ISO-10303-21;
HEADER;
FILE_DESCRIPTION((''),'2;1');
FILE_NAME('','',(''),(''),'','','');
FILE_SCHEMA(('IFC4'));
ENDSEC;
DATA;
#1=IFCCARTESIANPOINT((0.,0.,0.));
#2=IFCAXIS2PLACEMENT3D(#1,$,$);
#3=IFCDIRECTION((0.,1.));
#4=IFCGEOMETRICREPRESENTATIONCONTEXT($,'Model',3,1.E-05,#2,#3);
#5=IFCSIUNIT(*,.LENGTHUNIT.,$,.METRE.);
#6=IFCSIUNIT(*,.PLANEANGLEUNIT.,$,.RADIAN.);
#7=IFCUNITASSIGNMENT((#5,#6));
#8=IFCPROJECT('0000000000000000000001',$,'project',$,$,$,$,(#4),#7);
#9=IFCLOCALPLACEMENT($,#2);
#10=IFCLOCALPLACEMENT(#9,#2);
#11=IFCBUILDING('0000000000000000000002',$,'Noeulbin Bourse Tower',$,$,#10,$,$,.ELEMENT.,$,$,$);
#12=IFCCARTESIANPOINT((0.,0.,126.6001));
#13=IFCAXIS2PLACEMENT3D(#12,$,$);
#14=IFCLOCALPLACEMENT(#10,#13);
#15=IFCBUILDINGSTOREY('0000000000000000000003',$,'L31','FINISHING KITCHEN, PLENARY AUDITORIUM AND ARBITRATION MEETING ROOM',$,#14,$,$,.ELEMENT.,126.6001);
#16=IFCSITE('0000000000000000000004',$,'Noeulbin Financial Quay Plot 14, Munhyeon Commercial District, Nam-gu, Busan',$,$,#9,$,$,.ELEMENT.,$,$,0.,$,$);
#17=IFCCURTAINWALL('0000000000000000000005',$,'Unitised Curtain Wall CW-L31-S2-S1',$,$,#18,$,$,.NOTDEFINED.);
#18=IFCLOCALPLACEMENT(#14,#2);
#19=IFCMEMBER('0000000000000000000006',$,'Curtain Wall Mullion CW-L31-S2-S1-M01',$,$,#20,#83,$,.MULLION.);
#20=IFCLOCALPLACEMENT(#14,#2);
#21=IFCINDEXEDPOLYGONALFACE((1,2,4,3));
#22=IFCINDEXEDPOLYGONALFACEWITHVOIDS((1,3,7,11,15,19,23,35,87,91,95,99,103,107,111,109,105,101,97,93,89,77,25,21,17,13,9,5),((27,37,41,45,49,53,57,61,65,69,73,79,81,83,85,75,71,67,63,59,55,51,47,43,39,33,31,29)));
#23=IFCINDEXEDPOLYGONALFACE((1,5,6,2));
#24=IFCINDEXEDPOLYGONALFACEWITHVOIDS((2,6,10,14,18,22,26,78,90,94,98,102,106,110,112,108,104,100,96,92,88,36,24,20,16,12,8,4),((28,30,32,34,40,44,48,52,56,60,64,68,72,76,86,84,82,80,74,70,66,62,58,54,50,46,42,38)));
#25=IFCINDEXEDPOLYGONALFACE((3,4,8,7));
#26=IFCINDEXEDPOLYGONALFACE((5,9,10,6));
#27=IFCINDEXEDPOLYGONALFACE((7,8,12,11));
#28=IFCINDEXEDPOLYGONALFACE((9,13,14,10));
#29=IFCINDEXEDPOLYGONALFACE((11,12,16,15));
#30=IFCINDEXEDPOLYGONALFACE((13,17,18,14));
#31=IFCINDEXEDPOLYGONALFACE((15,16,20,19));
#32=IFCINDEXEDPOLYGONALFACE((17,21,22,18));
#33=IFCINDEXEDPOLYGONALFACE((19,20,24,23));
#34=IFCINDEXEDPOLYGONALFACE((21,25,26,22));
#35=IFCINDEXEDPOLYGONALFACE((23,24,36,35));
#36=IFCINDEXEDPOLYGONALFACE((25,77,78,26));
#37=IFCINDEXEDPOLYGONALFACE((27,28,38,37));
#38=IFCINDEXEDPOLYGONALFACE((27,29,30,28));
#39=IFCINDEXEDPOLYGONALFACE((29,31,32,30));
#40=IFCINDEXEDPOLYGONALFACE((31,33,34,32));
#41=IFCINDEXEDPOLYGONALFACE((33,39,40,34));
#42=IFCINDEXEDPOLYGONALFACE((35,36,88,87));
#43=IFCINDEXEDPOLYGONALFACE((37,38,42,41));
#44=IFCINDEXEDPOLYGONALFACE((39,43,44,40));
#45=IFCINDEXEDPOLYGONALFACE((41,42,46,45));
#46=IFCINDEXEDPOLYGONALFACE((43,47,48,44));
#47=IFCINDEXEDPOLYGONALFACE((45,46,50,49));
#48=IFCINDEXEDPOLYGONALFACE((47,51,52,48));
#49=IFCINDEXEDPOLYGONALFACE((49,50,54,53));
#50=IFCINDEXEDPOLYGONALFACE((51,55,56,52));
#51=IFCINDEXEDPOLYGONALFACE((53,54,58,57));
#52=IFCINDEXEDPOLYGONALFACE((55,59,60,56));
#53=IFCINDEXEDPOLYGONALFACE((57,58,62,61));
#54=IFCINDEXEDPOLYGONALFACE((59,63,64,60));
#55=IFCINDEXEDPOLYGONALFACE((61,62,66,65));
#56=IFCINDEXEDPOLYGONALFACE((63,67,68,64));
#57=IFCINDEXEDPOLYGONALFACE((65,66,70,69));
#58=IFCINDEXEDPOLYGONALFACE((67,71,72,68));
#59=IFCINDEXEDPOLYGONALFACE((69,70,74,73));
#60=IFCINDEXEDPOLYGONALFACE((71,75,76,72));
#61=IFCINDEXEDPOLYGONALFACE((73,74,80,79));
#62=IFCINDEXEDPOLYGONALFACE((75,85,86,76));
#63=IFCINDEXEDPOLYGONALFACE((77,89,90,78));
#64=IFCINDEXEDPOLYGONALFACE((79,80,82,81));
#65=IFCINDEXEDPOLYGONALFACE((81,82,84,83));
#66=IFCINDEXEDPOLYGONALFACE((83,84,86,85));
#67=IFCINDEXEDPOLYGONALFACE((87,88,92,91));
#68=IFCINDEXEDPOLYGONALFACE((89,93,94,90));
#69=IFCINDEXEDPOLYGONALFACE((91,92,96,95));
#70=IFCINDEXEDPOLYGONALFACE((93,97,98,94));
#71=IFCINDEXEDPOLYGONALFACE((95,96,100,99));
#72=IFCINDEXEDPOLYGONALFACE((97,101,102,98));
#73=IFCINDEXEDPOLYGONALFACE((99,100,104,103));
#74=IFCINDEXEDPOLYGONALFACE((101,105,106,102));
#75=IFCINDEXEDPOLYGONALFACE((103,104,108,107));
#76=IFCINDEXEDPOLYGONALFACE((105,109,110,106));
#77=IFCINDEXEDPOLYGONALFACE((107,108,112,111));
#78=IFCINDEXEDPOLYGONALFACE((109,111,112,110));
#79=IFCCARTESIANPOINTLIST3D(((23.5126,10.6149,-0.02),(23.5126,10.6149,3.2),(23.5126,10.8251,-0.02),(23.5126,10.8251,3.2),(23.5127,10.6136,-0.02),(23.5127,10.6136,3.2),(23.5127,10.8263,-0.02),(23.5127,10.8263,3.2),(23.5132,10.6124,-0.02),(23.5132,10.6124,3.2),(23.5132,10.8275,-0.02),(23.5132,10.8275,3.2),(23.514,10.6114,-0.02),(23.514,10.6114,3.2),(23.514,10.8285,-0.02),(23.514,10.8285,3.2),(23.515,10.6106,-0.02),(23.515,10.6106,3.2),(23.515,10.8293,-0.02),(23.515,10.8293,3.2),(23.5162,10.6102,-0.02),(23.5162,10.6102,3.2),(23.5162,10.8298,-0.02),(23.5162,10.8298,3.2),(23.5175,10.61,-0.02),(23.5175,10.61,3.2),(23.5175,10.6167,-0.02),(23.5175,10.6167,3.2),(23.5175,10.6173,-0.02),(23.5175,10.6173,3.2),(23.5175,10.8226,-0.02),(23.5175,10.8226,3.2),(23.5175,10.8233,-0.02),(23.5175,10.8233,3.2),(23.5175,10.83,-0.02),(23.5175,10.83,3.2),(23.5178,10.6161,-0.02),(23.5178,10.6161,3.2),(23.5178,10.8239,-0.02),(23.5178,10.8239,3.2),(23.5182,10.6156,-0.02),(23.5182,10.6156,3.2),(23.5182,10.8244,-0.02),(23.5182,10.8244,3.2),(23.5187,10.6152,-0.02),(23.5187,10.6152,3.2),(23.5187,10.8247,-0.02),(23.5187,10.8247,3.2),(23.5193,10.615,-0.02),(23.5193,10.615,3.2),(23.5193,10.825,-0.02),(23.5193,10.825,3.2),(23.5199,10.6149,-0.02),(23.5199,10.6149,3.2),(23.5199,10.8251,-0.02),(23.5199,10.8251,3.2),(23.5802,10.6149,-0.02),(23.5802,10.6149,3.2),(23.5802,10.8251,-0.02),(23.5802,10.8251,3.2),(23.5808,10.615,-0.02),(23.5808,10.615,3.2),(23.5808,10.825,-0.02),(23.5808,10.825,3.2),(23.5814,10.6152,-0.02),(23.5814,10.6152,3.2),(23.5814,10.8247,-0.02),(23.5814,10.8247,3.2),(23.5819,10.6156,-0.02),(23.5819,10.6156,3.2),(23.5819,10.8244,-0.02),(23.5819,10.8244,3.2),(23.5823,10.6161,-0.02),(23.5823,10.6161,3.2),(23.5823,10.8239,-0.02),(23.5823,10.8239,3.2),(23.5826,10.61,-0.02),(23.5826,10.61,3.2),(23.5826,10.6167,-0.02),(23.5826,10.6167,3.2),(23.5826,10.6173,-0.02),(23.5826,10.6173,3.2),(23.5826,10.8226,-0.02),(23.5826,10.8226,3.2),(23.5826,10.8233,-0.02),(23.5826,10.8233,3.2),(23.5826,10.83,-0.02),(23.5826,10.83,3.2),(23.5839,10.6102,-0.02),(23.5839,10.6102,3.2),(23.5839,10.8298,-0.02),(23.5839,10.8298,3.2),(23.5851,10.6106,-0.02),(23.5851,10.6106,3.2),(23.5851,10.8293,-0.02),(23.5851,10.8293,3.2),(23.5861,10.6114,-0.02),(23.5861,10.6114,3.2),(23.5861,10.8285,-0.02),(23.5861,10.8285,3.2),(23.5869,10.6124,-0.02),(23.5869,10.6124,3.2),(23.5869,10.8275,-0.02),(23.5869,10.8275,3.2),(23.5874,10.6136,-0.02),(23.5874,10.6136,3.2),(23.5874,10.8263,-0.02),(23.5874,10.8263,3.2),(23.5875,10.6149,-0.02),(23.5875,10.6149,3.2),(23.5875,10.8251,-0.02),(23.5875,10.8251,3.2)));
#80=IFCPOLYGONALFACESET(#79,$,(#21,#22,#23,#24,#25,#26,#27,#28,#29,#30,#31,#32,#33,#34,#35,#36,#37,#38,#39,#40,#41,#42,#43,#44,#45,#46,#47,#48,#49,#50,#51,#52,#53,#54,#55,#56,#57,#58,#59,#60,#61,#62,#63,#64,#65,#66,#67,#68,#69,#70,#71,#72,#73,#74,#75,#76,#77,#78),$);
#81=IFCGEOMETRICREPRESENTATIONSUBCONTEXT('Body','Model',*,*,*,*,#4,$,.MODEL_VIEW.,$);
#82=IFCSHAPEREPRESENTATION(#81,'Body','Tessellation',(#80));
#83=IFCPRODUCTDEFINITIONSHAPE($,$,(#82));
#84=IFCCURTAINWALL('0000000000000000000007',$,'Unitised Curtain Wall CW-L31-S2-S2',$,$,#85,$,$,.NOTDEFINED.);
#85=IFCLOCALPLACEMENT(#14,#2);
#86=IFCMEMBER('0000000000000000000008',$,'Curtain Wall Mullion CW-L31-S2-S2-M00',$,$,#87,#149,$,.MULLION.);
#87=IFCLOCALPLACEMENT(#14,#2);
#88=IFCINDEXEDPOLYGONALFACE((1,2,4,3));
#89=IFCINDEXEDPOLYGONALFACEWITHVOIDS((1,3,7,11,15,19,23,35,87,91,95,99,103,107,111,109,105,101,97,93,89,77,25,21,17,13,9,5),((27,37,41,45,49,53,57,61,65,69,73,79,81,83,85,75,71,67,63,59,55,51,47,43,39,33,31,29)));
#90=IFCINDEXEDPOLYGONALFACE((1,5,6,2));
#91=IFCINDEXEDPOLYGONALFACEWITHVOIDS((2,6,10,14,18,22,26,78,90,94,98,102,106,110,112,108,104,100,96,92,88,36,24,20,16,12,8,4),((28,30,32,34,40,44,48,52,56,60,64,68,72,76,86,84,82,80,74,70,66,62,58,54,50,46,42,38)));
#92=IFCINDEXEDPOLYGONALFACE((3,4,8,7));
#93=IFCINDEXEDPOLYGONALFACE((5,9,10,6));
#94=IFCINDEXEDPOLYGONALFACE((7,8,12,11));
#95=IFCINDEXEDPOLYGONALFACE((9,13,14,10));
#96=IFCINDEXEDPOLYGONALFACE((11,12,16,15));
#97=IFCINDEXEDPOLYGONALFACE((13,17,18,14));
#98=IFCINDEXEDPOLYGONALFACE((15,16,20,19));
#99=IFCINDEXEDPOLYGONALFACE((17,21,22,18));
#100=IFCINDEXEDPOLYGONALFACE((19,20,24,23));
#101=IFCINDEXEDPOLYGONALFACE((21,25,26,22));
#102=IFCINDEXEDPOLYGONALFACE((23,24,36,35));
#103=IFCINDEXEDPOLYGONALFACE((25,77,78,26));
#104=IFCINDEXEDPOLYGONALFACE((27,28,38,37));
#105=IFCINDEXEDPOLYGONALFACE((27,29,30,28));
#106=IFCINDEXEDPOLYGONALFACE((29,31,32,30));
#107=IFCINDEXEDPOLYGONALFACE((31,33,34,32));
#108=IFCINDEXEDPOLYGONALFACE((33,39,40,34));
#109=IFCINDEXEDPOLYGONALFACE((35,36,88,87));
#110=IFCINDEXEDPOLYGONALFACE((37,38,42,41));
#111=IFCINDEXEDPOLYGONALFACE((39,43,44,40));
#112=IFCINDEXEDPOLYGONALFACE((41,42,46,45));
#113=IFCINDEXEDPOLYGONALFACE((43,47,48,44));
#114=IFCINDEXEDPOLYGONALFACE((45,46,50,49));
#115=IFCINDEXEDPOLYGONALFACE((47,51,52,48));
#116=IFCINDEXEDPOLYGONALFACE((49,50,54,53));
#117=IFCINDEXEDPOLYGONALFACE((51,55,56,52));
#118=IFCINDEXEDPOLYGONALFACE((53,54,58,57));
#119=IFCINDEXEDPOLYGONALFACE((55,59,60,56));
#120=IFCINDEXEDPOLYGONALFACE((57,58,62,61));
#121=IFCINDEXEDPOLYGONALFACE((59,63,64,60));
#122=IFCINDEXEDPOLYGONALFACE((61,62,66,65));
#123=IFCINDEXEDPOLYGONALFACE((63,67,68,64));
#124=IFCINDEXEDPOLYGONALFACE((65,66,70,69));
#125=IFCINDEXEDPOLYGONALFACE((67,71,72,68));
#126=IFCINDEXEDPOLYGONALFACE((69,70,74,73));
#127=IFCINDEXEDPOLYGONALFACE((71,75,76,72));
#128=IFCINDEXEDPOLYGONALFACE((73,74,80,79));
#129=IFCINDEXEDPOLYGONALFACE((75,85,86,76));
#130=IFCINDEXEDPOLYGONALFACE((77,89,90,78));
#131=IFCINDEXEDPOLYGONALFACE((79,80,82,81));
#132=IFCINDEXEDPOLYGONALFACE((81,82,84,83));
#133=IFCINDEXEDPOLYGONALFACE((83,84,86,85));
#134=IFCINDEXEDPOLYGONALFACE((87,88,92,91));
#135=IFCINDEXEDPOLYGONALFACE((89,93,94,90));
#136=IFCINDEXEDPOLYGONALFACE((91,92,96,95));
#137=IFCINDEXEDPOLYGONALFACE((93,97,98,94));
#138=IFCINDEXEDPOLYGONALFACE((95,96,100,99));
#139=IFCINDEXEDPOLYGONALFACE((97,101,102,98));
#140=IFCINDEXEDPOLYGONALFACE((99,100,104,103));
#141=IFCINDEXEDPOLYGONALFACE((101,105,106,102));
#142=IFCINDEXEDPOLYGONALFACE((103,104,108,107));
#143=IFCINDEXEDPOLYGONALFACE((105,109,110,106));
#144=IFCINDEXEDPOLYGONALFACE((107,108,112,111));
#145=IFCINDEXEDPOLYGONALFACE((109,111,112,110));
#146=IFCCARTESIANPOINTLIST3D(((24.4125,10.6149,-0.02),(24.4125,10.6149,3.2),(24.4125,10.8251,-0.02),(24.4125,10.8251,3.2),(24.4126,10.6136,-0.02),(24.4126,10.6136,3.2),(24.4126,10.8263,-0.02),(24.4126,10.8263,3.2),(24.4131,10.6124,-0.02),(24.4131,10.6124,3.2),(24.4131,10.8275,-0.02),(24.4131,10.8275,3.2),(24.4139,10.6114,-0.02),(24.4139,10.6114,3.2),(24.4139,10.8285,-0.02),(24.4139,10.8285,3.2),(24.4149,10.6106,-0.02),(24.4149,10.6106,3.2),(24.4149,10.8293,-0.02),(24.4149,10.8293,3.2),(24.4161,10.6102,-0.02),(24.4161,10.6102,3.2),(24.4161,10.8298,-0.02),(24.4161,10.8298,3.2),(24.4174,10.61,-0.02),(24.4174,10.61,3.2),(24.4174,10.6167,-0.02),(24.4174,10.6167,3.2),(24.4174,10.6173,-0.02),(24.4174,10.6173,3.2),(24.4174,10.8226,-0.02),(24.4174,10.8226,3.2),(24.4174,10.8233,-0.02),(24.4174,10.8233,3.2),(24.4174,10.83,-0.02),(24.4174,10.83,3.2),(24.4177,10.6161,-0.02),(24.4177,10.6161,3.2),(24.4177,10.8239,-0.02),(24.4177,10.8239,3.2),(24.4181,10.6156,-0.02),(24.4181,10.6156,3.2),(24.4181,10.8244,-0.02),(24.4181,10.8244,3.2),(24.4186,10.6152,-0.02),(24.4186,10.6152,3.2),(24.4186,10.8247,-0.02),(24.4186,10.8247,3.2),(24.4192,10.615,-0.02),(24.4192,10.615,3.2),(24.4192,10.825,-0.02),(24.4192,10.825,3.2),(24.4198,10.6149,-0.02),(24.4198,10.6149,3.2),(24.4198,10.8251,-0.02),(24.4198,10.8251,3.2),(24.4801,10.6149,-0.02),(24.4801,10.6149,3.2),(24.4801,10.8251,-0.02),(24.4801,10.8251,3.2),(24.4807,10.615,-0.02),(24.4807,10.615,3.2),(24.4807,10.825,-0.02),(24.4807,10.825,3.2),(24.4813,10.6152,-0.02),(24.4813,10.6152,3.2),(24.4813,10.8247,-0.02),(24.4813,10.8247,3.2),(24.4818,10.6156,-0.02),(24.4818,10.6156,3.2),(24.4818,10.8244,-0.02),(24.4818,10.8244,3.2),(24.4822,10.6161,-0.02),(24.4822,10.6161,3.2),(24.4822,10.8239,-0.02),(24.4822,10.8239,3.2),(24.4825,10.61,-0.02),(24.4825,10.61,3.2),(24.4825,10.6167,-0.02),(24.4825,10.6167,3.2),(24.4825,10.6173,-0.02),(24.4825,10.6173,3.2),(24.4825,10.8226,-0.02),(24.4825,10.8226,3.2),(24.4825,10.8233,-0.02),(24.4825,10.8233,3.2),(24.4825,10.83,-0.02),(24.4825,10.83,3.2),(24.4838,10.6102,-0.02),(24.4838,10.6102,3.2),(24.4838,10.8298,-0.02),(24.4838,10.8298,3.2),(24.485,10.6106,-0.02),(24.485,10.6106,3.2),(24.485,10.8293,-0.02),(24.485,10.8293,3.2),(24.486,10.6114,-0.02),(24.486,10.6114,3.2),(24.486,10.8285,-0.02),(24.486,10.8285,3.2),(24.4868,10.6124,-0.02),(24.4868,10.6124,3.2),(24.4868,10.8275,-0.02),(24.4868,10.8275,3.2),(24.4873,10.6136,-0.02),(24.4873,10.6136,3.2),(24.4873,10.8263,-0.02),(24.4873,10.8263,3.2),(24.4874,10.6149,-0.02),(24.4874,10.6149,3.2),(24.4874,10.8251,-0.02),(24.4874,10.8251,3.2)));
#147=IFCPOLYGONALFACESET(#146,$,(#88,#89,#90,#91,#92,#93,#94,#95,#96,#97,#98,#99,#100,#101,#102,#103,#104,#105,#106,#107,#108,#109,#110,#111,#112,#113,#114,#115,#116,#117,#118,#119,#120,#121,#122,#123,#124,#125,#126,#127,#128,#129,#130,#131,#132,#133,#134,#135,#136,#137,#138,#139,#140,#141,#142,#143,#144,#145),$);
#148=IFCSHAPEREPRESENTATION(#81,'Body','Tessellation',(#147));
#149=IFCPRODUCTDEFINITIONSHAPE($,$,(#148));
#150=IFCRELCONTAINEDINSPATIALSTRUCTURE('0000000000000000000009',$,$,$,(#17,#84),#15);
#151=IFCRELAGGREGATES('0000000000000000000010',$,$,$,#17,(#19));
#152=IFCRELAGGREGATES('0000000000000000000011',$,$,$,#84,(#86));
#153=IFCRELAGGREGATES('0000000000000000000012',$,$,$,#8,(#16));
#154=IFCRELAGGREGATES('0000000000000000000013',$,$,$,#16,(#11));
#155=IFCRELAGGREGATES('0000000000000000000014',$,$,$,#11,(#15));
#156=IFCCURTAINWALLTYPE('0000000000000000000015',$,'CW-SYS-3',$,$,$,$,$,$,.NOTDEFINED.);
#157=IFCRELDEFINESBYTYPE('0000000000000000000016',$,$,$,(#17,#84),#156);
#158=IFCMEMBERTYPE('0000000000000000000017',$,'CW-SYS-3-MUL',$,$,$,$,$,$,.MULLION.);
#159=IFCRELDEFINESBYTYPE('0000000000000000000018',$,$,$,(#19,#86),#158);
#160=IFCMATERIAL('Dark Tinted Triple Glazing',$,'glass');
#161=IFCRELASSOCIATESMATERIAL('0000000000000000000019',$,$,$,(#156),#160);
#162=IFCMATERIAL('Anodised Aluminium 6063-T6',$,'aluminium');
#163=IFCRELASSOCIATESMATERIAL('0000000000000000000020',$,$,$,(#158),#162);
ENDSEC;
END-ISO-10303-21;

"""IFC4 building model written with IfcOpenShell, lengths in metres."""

from ifc_helpers import new_model, si_unit, direction, frame, origin, origin_2d, place, context, subcontext, project, spatial, hollow_rectangle, extrude, material, material_profile, profile_set, type_object, element, aggregate, save


model = new_model("IFC4")

# Units and contexts
model_context = context("Model", 3, precision=1e-05, world=origin(), true_north=direction((0.0, 1.0)))
body_context = subcontext(model_context, "Body", "Model", "MODEL_VIEW")
ifc_project = project(units=[si_unit("LENGTHUNIT", "METRE"), si_unit("PLANEANGLEUNIT", "RADIAN")], contexts=[model_context])

# Site, building, storey
site_placement = place(None, origin())
site = spatial("IfcSite", under=ifc_project, at=site_placement, Name="Noeulbin Financial Quay Plot 14, Munhyeon Commercial District, Nam-gu, Busan", CompositionType="ELEMENT", RefElevation=0.0)
building_placement = place(site_placement, origin())
building = spatial("IfcBuilding", under=site, at=building_placement, Name="Noeulbin Bourse Tower", CompositionType="ELEMENT")
storey_placement = place(building_placement, frame((0.0, 0.0, 126.6001)))
storey = spatial("IfcBuildingStorey", under=building, at=storey_placement, Name="L31", Description="FINISHING KITCHEN, PLENARY AUDITORIUM AND ARBITRATION MEETING ROOM", CompositionType="ELEMENT", Elevation=126.6001)

# Shared definitions
ifc_material_1 = material(Name="Dark Tinted Triple Glazing", Category="glass")
curtain_wall_type = type_object("IfcCurtainWallType", Name="CW-SYS-3", PredefinedType="NOTDEFINED", material=ifc_material_1)
ifc_material_2 = material(Name="Anodised Aluminium 6063-T6", Category="aluminium")
ifc_material_profile_1 = material_profile(ifc_material_2, hollow_rectangle(XDim=0.075, YDim=0.22, WallThickness=0.0049, InnerFilletRadius=0.0024, OuterFilletRadius=0.0049, at=origin_2d()), Name="ALU-MULL-75x220x5", Category="LoadBearing")
ifc_profile_set_1 = profile_set([ifc_material_profile_1], Name="Anodised Aluminium 6063-T6")
member_type_1 = type_object("IfcMemberType", Name="CW-SYS-3-MUL", PredefinedType="MULLION", material=ifc_profile_set_1)

# Curtain walls, members
curtain_wall_1_placement = place(storey_placement, origin())
curtain_wall_1 = element("IfcCurtainWall", 1, at=curtain_wall_1_placement, inside=storey, type_object=curtain_wall_type, Name="Unitised Curtain Wall CW-L31-S2-S1", PredefinedType="NOTDEFINED")
member_1_placement = place(storey_placement, frame((23.55, 10.72, -0.02), z_axis=(0.0, 0.0, 1.0), x_axis=(1.0, 0.0, 0.0)))
member_1 = element("IfcMember", 2, at=member_1_placement, type_object=member_type_1, Name="Curtain Wall Mullion CW-L31-S2-S1-M01", PredefinedType="MULLION", context=body_context, shape_type="SweptSolid", body=[
    extrude(hollow_rectangle(XDim=0.075, YDim=0.22, WallThickness=0.0049, InnerFilletRadius=0.0024, OuterFilletRadius=0.0049, at=origin_2d()), origin(), (0.0, 0.0, 1.0), 3.22),
])
curtain_wall_2_placement = place(storey_placement, origin())
curtain_wall_2 = element("IfcCurtainWall", 3, at=curtain_wall_2_placement, inside=storey, type_object=curtain_wall_type, Name="Unitised Curtain Wall CW-L31-S2-S2", PredefinedType="NOTDEFINED")
member_2_placement = place(storey_placement, frame((24.45, 10.72, -0.02), z_axis=(0.0, 0.0, 1.0), x_axis=(1.0, 0.0, 0.0)))
member_2 = element("IfcMember", 4, at=member_2_placement, type_object=member_type_1, Name="Curtain Wall Mullion CW-L31-S2-S2-M00", PredefinedType="MULLION", context=body_context, shape_type="SweptSolid", body=[
    extrude(hollow_rectangle(XDim=0.075, YDim=0.22, WallThickness=0.0049, InnerFilletRadius=0.0024, OuterFilletRadius=0.0049, at=origin_2d()), origin(), (0.0, 0.0, 1.0), 3.22),
])

aggregate(curtain_wall_1, [member_1])
aggregate(curtain_wall_2, [member_2])

save(model, "model.ifc")
